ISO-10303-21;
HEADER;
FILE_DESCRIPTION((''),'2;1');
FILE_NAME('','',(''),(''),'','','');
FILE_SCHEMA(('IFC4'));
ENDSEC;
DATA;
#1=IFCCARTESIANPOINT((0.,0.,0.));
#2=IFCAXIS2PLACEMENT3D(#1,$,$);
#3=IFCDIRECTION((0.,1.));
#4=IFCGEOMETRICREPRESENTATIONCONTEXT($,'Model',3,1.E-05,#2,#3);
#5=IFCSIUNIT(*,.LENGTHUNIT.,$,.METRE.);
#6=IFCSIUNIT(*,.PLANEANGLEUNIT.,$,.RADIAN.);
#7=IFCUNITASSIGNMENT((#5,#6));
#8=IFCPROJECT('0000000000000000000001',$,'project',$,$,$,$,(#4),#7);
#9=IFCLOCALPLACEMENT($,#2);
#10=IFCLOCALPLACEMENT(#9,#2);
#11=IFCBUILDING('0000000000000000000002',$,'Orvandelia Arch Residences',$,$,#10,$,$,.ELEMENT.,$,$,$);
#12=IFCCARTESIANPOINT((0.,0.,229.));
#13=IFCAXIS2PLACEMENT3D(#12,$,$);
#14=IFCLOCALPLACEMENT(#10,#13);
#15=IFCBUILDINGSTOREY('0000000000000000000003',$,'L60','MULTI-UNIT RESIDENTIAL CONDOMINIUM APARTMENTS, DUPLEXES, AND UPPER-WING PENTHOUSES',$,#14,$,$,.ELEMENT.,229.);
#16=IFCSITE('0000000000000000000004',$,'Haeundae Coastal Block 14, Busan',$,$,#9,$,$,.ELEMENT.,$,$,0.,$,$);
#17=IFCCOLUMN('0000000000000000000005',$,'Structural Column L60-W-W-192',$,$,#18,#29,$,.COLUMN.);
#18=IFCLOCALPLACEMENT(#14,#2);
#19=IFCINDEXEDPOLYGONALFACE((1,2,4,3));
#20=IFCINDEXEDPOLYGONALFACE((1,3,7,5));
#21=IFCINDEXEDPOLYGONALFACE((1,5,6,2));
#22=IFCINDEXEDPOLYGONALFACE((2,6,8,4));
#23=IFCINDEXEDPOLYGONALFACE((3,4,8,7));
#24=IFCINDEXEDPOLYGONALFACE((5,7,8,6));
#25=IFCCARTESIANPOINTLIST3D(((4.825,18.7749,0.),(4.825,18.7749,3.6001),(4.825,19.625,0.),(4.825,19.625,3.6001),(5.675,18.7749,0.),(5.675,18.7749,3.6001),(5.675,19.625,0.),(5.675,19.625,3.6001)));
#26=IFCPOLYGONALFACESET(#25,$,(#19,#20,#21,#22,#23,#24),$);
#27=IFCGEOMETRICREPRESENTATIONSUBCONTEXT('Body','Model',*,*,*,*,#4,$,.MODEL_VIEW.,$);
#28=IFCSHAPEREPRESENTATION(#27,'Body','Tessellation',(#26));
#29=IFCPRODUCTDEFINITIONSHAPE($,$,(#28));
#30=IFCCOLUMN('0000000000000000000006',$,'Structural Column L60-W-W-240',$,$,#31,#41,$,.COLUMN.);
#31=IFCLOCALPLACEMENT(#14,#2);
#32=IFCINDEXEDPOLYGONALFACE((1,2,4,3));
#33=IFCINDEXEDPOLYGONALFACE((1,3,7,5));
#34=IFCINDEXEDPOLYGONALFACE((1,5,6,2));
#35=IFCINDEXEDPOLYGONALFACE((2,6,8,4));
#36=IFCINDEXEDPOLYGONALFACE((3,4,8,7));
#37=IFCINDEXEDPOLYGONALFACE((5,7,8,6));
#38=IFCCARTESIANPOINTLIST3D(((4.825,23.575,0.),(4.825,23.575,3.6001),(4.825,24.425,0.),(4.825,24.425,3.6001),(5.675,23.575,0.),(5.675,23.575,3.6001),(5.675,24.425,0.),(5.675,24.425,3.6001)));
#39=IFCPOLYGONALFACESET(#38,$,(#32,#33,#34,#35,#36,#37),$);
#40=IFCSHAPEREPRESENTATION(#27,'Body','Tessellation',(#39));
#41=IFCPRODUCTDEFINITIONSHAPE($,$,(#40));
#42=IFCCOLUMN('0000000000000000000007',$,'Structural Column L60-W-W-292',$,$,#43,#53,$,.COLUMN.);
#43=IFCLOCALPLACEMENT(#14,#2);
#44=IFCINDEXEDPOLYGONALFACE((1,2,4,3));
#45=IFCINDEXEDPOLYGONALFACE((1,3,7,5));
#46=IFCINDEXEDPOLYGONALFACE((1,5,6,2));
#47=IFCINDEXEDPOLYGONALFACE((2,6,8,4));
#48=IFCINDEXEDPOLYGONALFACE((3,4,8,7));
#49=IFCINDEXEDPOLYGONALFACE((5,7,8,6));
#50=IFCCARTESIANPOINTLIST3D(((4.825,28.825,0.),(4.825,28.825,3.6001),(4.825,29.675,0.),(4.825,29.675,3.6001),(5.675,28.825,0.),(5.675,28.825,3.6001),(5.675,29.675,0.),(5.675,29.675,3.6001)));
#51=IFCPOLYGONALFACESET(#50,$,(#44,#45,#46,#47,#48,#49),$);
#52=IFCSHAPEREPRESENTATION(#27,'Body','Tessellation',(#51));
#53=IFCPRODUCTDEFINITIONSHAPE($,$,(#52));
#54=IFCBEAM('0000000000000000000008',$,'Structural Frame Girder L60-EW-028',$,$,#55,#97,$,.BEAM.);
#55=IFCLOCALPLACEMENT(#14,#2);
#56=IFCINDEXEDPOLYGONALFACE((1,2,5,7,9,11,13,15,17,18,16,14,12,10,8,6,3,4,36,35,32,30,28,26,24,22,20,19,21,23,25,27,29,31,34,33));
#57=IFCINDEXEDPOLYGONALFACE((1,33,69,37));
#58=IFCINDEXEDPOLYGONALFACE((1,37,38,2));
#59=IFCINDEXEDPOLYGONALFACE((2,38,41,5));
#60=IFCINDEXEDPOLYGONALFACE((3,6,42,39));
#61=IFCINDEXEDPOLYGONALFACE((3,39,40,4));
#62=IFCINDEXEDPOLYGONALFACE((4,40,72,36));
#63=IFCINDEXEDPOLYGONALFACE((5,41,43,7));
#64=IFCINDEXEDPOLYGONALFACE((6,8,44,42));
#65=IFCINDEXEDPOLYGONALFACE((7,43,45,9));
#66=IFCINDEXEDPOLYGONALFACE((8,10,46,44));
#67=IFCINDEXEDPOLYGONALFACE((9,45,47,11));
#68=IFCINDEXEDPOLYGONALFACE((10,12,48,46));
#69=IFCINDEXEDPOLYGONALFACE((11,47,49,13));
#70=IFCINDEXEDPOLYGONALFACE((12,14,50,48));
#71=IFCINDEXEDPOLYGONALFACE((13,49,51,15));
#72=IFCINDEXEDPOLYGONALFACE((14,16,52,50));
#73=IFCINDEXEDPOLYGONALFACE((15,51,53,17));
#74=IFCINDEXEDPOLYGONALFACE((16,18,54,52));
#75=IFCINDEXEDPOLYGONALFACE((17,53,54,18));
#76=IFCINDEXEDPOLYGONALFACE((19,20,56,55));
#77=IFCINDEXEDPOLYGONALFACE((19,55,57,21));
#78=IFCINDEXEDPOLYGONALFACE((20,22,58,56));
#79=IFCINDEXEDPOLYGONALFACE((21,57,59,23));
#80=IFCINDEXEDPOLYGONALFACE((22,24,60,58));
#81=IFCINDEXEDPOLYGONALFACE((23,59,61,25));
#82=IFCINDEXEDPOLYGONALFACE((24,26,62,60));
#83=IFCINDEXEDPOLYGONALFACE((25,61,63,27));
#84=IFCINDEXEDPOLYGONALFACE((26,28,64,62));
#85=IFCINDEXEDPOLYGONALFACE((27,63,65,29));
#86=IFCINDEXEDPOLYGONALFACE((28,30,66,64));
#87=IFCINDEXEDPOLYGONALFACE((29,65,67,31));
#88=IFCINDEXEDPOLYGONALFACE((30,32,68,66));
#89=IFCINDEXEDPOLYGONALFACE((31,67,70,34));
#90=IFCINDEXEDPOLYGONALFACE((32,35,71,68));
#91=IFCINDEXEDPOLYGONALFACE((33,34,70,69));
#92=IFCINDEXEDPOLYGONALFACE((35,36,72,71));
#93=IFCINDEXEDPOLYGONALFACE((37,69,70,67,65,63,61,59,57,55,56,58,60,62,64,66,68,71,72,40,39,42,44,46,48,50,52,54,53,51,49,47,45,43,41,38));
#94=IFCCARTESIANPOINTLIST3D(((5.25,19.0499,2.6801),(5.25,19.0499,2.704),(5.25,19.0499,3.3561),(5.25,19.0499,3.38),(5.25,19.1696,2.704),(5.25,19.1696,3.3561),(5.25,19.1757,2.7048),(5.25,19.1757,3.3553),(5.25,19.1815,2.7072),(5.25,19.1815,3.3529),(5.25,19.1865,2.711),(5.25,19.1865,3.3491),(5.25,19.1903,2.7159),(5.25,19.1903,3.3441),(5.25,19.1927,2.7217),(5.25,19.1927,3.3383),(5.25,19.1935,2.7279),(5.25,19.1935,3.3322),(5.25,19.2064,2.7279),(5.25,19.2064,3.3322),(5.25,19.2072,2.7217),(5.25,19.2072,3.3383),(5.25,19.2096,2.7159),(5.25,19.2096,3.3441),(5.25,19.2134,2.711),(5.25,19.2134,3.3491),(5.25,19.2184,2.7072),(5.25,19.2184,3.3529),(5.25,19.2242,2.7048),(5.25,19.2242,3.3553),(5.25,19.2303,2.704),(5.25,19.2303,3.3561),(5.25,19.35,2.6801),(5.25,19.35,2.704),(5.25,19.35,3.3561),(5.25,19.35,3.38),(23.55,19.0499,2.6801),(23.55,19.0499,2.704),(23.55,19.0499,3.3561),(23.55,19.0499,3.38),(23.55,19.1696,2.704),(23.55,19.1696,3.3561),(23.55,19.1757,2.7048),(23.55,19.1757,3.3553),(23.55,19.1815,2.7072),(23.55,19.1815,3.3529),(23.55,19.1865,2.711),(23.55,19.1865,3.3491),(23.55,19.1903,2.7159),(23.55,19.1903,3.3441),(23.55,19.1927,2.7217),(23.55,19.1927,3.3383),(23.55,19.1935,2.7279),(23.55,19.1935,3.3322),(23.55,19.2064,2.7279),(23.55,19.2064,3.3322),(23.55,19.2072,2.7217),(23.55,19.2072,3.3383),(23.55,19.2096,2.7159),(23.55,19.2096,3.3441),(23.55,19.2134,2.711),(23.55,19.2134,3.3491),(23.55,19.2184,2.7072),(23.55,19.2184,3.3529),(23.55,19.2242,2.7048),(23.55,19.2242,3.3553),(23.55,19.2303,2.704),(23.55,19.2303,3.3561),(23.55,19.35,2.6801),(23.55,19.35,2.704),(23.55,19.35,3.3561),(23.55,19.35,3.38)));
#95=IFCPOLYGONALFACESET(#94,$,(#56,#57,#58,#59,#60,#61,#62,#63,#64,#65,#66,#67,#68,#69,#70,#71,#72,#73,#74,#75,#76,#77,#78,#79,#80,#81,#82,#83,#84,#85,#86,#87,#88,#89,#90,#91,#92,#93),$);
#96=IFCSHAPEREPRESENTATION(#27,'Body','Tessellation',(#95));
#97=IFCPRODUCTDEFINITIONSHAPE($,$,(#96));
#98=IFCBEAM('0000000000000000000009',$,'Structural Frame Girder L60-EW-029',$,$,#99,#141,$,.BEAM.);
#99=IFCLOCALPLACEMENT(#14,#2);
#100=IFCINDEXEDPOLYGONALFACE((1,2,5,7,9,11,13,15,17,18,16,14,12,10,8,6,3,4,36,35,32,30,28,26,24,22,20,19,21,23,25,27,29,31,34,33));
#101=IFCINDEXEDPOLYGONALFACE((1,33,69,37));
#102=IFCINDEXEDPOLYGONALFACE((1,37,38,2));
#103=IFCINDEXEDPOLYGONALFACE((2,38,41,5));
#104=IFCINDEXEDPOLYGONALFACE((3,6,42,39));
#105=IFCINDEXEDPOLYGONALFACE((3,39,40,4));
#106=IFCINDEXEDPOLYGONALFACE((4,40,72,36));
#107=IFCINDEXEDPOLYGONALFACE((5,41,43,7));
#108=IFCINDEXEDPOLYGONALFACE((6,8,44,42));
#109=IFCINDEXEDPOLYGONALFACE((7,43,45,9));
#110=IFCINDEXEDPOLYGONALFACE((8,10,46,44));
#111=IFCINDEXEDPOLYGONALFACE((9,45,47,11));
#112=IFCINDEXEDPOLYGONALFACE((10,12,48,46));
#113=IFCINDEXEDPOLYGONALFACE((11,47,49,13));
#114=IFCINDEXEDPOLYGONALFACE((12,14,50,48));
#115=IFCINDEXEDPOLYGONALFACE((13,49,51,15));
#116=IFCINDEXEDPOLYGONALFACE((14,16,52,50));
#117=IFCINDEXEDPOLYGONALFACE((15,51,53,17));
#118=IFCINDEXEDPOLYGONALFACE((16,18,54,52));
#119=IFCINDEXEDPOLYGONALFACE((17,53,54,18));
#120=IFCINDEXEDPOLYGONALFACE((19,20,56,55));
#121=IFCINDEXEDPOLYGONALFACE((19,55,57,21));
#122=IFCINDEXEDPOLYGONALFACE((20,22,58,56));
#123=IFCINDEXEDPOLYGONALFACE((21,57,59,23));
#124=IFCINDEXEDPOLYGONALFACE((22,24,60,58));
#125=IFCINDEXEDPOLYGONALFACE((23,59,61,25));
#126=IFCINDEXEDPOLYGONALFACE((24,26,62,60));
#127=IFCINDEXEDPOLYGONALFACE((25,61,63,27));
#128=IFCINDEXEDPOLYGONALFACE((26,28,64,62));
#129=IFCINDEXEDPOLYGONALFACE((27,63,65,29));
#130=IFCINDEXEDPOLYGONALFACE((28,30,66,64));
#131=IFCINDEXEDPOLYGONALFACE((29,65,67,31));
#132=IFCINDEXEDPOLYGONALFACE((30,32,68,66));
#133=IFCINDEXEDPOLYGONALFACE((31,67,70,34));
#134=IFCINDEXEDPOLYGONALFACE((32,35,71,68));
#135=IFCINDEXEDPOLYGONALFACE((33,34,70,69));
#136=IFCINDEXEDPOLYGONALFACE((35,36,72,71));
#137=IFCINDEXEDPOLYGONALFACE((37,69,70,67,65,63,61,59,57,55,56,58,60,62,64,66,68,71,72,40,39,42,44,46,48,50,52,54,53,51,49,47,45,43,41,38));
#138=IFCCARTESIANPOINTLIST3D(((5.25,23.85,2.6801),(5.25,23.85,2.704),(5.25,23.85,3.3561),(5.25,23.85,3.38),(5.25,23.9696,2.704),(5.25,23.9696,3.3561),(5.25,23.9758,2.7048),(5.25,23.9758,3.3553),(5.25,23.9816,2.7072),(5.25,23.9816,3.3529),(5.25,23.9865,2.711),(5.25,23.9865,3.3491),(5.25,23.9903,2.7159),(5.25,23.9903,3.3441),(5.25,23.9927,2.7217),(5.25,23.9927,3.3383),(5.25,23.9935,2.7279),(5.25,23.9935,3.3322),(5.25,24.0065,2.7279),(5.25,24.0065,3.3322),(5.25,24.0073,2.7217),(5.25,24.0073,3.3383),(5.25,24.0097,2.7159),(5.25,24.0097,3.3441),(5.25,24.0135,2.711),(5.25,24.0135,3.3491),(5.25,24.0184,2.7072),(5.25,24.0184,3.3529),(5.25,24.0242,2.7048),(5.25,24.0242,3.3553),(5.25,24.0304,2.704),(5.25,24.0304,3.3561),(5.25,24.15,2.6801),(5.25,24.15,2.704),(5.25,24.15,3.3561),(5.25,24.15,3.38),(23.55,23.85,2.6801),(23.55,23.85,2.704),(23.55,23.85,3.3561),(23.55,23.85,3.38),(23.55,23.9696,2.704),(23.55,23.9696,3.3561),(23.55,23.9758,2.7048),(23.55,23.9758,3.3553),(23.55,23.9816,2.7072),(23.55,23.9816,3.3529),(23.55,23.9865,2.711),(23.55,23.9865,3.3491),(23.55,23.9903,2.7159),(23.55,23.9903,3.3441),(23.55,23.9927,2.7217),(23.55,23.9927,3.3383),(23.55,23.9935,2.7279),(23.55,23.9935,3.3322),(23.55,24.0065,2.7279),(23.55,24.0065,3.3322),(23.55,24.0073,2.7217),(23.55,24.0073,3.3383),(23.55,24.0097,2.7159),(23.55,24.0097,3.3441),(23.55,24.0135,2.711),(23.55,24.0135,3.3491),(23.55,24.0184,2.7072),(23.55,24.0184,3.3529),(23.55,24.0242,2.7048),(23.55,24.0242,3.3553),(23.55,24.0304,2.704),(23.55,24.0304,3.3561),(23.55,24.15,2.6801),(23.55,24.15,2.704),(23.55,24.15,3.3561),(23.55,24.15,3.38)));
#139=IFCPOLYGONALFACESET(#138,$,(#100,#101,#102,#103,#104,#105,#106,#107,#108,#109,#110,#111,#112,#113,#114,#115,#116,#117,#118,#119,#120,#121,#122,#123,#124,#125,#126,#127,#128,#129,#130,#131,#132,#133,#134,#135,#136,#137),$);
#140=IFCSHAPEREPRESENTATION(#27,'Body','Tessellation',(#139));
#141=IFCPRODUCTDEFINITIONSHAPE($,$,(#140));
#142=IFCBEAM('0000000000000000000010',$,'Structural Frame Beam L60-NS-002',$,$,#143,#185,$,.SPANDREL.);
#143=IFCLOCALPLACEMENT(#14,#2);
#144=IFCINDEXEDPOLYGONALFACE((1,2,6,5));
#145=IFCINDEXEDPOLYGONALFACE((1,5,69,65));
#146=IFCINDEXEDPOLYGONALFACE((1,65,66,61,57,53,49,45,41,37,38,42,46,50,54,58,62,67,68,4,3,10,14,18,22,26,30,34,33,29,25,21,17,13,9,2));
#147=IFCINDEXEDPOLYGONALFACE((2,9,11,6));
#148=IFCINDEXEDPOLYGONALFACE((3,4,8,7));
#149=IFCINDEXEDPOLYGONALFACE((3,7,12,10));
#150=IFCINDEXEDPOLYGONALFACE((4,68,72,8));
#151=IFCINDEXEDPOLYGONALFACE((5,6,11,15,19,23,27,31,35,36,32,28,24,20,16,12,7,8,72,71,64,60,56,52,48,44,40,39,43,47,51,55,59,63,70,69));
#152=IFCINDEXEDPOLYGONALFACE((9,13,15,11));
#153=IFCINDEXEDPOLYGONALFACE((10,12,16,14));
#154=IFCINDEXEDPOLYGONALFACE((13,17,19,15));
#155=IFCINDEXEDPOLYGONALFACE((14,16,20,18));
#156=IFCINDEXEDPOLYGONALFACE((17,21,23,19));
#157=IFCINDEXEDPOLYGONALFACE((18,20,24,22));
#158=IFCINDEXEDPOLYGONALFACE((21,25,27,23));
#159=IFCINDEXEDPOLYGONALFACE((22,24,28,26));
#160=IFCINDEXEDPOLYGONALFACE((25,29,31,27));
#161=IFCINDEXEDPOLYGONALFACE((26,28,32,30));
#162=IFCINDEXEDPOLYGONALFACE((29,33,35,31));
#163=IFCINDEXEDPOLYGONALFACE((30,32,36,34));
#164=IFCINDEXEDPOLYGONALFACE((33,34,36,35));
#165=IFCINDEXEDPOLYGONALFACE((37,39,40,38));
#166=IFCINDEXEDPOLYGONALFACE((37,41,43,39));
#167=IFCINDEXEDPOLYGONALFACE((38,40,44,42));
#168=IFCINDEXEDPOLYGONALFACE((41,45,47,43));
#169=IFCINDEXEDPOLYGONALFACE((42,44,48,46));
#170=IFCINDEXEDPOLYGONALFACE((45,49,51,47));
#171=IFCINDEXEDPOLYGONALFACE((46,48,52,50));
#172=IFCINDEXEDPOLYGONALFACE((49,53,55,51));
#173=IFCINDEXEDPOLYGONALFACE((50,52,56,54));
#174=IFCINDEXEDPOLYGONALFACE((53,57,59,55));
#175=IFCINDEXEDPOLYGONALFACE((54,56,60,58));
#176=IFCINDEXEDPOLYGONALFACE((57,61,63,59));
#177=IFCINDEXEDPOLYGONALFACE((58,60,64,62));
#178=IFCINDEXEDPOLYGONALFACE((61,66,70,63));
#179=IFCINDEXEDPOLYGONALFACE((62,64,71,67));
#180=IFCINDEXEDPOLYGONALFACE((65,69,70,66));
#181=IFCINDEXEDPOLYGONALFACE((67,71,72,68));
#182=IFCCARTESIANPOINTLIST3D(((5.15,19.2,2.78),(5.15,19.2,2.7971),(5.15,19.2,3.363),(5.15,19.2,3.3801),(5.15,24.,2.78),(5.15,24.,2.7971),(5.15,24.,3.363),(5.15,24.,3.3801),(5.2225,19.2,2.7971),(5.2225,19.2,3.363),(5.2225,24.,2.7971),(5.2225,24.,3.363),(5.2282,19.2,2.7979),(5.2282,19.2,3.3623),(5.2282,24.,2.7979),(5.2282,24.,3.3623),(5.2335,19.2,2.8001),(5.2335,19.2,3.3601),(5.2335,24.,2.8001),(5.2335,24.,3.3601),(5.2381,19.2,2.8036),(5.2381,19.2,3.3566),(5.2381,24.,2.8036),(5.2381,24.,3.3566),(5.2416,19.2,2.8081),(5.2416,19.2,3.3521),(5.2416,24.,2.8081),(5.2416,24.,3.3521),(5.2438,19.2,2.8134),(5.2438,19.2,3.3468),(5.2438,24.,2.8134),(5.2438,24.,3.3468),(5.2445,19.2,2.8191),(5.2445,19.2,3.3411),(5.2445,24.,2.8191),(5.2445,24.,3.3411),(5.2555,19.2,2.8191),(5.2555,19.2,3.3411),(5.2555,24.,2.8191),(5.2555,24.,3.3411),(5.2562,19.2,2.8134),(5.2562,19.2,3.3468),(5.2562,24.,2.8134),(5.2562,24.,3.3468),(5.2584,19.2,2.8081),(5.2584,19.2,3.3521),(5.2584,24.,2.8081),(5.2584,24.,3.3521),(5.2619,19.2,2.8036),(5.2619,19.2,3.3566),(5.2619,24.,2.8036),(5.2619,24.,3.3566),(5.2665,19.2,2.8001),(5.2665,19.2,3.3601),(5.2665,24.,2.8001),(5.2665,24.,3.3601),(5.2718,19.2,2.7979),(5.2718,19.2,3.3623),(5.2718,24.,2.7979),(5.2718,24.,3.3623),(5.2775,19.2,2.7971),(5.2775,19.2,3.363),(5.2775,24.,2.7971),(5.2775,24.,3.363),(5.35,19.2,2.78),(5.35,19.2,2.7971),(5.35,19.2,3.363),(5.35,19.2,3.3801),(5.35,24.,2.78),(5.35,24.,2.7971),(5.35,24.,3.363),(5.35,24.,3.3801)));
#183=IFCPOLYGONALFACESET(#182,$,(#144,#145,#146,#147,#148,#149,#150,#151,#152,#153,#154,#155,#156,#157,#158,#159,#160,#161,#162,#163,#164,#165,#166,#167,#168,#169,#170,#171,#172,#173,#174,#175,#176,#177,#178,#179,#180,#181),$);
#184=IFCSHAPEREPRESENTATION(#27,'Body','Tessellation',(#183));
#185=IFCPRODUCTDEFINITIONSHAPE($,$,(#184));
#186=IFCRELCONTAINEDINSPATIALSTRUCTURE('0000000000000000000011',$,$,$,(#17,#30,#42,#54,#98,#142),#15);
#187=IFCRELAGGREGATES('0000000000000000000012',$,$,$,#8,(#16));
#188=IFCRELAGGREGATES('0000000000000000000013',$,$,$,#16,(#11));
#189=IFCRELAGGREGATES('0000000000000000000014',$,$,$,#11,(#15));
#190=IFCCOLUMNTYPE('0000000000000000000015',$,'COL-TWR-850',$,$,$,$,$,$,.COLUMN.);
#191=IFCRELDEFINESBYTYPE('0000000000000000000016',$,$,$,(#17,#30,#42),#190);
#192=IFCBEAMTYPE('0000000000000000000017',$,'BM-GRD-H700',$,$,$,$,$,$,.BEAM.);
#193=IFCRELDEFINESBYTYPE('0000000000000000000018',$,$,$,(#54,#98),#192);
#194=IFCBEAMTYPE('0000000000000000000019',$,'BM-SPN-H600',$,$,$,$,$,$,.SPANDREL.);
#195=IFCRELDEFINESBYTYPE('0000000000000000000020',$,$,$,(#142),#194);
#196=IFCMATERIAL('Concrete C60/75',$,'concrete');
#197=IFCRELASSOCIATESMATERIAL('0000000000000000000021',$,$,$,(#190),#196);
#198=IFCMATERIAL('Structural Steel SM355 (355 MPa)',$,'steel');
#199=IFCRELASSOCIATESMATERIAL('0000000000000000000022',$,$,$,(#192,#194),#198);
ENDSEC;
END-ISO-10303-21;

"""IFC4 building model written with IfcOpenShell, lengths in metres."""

from ifc_helpers import new_model, si_unit, direction, frame, origin, origin_2d, place, context, subcontext, project, spatial, rectangle, i_section, extrude, material, material_profile, profile_set, type_object, element, save


model = new_model("IFC4")

# Units and contexts
model_context = context("Model", 3, precision=1e-05, world=origin(), true_north=direction((0.0, 1.0)))
body_context = subcontext(model_context, "Body", "Model", "MODEL_VIEW")
ifc_project = project(units=[si_unit("LENGTHUNIT", "METRE"), si_unit("PLANEANGLEUNIT", "RADIAN")], contexts=[model_context])

# Site, building, storey
site_placement = place(None, origin())
site = spatial("IfcSite", under=ifc_project, at=site_placement, Name="Haeundae Coastal Block 14, Busan", CompositionType="ELEMENT", RefElevation=0.0)
building_placement = place(site_placement, origin())
building = spatial("IfcBuilding", under=site, at=building_placement, Name="Orvandelia Arch Residences", CompositionType="ELEMENT")
storey_placement = place(building_placement, frame((0.0, 0.0, 229.0)))
storey = spatial("IfcBuildingStorey", under=building, at=storey_placement, Name="L60", Description="MULTI-UNIT RESIDENTIAL CONDOMINIUM APARTMENTS, DUPLEXES, AND UPPER-WING PENTHOUSES", CompositionType="ELEMENT", Elevation=229.0)

# Columns
ifc_material_1 = material(Name="Concrete C60/75", Category="concrete")
ifc_material_profile_1 = material_profile(ifc_material_1, rectangle(XDim=0.8501, YDim=0.8501, at=origin_2d()), Name="Concrete C60/75", Category="concrete")
ifc_profile_set_1 = profile_set([ifc_material_profile_1], Name="Concrete C60/75")
column_type = type_object("IfcColumnType", Name="COL-TWR-850", PredefinedType="COLUMN", material=ifc_profile_set_1)
for number, where, z_axis, x_axis, name in (
    (1, (5.25, 19.2, 0.0), (0.0, 0.0, 1.0), (1.0, 0.0, 0.0), "Structural Column L60-W-W-192"),
    (2, (5.25, 24.0, 0.0), (0.0, 0.0, 1.0), (1.0, 0.0, 0.0), "Structural Column L60-W-W-240"),
    (3, (5.25, 29.25, 0.0), (0.0, 0.0, 1.0), (1.0, 0.0, 0.0), "Structural Column L60-W-W-292"),
):
    element("IfcColumn", number, at=place(storey_placement, frame(where, z_axis=z_axis, x_axis=x_axis)), inside=storey, type_object=column_type, Name=name, PredefinedType="COLUMN", context=body_context, shape_type="SweptSolid", body=[
        extrude(rectangle(XDim=0.8501, YDim=0.8501, at=origin_2d()), origin(), (0.0, 0.0, 1.0), 3.6001),
    ])

# Beams
ifc_material_2 = material(Name="Structural Steel SM355 (355 MPa)", Category="steel")
ifc_material_profile_2 = material_profile(ifc_material_2, i_section(OverallWidth=0.3, OverallDepth=0.7, WebThickness=0.0129, FlangeThickness=0.0239, FilletRadius=0.0239, at=origin_2d()), Name="Structural Steel SM355 (355 MPa)", Category="steel")
ifc_profile_set_2 = profile_set([ifc_material_profile_2], Name="Structural Steel SM355 (355 MPa)")
beam_type_1 = type_object("IfcBeamType", Name="BM-GRD-H700", PredefinedType="BEAM", material=ifc_profile_set_2)
for number, where, z_axis, x_axis, name in (
    (4, (5.25, 19.2, 3.03), (1.0, 0.0, 0.0), (0.0, 1.0, 0.0), "Structural Frame Girder L60-EW-028"),
    (5, (5.25, 24.0, 3.03), (1.0, 0.0, 0.0), (0.0, 1.0, 0.0), "Structural Frame Girder L60-EW-029"),
):
    element("IfcBeam", number, at=place(storey_placement, frame(where, z_axis=z_axis, x_axis=x_axis)), inside=storey, type_object=beam_type_1, Name=name, PredefinedType="BEAM", context=body_context, shape_type="SweptSolid", body=[
        extrude(i_section(OverallWidth=0.3, OverallDepth=0.7, WebThickness=0.0129, FlangeThickness=0.0239, FilletRadius=0.0239, at=origin_2d()), origin(), (0.0, 0.0, 1.0), 18.3),
    ])
ifc_material_profile_3 = material_profile(ifc_material_2, i_section(OverallWidth=0.2, OverallDepth=0.6001, WebThickness=0.011, FlangeThickness=0.0171, FilletRadius=0.022, at=origin_2d()), Name="Structural Steel SM355 (355 MPa)", Category="steel")
ifc_profile_set_3 = profile_set([ifc_material_profile_3], Name="Structural Steel SM355 (355 MPa)")
beam_type_2 = type_object("IfcBeamType", Name="BM-SPN-H600", PredefinedType="SPANDREL", material=ifc_profile_set_3)
beam_1_placement = place(storey_placement, frame((5.25, 19.2, 3.0801), z_axis=(0.0, 1.0, 0.0), x_axis=(-1.0, 0.0, 0.0)))
element("IfcBeam", 6, at=beam_1_placement, inside=storey, type_object=beam_type_2, Name="Structural Frame Beam L60-NS-002", PredefinedType="SPANDREL", context=body_context, shape_type="SweptSolid", body=[
    extrude(i_section(OverallWidth=0.2, OverallDepth=0.6001, WebThickness=0.011, FlangeThickness=0.0171, FilletRadius=0.022, at=origin_2d()), origin(), (0.0, 0.0, 1.0), 4.8),
])

save(model, "model.ifc")
